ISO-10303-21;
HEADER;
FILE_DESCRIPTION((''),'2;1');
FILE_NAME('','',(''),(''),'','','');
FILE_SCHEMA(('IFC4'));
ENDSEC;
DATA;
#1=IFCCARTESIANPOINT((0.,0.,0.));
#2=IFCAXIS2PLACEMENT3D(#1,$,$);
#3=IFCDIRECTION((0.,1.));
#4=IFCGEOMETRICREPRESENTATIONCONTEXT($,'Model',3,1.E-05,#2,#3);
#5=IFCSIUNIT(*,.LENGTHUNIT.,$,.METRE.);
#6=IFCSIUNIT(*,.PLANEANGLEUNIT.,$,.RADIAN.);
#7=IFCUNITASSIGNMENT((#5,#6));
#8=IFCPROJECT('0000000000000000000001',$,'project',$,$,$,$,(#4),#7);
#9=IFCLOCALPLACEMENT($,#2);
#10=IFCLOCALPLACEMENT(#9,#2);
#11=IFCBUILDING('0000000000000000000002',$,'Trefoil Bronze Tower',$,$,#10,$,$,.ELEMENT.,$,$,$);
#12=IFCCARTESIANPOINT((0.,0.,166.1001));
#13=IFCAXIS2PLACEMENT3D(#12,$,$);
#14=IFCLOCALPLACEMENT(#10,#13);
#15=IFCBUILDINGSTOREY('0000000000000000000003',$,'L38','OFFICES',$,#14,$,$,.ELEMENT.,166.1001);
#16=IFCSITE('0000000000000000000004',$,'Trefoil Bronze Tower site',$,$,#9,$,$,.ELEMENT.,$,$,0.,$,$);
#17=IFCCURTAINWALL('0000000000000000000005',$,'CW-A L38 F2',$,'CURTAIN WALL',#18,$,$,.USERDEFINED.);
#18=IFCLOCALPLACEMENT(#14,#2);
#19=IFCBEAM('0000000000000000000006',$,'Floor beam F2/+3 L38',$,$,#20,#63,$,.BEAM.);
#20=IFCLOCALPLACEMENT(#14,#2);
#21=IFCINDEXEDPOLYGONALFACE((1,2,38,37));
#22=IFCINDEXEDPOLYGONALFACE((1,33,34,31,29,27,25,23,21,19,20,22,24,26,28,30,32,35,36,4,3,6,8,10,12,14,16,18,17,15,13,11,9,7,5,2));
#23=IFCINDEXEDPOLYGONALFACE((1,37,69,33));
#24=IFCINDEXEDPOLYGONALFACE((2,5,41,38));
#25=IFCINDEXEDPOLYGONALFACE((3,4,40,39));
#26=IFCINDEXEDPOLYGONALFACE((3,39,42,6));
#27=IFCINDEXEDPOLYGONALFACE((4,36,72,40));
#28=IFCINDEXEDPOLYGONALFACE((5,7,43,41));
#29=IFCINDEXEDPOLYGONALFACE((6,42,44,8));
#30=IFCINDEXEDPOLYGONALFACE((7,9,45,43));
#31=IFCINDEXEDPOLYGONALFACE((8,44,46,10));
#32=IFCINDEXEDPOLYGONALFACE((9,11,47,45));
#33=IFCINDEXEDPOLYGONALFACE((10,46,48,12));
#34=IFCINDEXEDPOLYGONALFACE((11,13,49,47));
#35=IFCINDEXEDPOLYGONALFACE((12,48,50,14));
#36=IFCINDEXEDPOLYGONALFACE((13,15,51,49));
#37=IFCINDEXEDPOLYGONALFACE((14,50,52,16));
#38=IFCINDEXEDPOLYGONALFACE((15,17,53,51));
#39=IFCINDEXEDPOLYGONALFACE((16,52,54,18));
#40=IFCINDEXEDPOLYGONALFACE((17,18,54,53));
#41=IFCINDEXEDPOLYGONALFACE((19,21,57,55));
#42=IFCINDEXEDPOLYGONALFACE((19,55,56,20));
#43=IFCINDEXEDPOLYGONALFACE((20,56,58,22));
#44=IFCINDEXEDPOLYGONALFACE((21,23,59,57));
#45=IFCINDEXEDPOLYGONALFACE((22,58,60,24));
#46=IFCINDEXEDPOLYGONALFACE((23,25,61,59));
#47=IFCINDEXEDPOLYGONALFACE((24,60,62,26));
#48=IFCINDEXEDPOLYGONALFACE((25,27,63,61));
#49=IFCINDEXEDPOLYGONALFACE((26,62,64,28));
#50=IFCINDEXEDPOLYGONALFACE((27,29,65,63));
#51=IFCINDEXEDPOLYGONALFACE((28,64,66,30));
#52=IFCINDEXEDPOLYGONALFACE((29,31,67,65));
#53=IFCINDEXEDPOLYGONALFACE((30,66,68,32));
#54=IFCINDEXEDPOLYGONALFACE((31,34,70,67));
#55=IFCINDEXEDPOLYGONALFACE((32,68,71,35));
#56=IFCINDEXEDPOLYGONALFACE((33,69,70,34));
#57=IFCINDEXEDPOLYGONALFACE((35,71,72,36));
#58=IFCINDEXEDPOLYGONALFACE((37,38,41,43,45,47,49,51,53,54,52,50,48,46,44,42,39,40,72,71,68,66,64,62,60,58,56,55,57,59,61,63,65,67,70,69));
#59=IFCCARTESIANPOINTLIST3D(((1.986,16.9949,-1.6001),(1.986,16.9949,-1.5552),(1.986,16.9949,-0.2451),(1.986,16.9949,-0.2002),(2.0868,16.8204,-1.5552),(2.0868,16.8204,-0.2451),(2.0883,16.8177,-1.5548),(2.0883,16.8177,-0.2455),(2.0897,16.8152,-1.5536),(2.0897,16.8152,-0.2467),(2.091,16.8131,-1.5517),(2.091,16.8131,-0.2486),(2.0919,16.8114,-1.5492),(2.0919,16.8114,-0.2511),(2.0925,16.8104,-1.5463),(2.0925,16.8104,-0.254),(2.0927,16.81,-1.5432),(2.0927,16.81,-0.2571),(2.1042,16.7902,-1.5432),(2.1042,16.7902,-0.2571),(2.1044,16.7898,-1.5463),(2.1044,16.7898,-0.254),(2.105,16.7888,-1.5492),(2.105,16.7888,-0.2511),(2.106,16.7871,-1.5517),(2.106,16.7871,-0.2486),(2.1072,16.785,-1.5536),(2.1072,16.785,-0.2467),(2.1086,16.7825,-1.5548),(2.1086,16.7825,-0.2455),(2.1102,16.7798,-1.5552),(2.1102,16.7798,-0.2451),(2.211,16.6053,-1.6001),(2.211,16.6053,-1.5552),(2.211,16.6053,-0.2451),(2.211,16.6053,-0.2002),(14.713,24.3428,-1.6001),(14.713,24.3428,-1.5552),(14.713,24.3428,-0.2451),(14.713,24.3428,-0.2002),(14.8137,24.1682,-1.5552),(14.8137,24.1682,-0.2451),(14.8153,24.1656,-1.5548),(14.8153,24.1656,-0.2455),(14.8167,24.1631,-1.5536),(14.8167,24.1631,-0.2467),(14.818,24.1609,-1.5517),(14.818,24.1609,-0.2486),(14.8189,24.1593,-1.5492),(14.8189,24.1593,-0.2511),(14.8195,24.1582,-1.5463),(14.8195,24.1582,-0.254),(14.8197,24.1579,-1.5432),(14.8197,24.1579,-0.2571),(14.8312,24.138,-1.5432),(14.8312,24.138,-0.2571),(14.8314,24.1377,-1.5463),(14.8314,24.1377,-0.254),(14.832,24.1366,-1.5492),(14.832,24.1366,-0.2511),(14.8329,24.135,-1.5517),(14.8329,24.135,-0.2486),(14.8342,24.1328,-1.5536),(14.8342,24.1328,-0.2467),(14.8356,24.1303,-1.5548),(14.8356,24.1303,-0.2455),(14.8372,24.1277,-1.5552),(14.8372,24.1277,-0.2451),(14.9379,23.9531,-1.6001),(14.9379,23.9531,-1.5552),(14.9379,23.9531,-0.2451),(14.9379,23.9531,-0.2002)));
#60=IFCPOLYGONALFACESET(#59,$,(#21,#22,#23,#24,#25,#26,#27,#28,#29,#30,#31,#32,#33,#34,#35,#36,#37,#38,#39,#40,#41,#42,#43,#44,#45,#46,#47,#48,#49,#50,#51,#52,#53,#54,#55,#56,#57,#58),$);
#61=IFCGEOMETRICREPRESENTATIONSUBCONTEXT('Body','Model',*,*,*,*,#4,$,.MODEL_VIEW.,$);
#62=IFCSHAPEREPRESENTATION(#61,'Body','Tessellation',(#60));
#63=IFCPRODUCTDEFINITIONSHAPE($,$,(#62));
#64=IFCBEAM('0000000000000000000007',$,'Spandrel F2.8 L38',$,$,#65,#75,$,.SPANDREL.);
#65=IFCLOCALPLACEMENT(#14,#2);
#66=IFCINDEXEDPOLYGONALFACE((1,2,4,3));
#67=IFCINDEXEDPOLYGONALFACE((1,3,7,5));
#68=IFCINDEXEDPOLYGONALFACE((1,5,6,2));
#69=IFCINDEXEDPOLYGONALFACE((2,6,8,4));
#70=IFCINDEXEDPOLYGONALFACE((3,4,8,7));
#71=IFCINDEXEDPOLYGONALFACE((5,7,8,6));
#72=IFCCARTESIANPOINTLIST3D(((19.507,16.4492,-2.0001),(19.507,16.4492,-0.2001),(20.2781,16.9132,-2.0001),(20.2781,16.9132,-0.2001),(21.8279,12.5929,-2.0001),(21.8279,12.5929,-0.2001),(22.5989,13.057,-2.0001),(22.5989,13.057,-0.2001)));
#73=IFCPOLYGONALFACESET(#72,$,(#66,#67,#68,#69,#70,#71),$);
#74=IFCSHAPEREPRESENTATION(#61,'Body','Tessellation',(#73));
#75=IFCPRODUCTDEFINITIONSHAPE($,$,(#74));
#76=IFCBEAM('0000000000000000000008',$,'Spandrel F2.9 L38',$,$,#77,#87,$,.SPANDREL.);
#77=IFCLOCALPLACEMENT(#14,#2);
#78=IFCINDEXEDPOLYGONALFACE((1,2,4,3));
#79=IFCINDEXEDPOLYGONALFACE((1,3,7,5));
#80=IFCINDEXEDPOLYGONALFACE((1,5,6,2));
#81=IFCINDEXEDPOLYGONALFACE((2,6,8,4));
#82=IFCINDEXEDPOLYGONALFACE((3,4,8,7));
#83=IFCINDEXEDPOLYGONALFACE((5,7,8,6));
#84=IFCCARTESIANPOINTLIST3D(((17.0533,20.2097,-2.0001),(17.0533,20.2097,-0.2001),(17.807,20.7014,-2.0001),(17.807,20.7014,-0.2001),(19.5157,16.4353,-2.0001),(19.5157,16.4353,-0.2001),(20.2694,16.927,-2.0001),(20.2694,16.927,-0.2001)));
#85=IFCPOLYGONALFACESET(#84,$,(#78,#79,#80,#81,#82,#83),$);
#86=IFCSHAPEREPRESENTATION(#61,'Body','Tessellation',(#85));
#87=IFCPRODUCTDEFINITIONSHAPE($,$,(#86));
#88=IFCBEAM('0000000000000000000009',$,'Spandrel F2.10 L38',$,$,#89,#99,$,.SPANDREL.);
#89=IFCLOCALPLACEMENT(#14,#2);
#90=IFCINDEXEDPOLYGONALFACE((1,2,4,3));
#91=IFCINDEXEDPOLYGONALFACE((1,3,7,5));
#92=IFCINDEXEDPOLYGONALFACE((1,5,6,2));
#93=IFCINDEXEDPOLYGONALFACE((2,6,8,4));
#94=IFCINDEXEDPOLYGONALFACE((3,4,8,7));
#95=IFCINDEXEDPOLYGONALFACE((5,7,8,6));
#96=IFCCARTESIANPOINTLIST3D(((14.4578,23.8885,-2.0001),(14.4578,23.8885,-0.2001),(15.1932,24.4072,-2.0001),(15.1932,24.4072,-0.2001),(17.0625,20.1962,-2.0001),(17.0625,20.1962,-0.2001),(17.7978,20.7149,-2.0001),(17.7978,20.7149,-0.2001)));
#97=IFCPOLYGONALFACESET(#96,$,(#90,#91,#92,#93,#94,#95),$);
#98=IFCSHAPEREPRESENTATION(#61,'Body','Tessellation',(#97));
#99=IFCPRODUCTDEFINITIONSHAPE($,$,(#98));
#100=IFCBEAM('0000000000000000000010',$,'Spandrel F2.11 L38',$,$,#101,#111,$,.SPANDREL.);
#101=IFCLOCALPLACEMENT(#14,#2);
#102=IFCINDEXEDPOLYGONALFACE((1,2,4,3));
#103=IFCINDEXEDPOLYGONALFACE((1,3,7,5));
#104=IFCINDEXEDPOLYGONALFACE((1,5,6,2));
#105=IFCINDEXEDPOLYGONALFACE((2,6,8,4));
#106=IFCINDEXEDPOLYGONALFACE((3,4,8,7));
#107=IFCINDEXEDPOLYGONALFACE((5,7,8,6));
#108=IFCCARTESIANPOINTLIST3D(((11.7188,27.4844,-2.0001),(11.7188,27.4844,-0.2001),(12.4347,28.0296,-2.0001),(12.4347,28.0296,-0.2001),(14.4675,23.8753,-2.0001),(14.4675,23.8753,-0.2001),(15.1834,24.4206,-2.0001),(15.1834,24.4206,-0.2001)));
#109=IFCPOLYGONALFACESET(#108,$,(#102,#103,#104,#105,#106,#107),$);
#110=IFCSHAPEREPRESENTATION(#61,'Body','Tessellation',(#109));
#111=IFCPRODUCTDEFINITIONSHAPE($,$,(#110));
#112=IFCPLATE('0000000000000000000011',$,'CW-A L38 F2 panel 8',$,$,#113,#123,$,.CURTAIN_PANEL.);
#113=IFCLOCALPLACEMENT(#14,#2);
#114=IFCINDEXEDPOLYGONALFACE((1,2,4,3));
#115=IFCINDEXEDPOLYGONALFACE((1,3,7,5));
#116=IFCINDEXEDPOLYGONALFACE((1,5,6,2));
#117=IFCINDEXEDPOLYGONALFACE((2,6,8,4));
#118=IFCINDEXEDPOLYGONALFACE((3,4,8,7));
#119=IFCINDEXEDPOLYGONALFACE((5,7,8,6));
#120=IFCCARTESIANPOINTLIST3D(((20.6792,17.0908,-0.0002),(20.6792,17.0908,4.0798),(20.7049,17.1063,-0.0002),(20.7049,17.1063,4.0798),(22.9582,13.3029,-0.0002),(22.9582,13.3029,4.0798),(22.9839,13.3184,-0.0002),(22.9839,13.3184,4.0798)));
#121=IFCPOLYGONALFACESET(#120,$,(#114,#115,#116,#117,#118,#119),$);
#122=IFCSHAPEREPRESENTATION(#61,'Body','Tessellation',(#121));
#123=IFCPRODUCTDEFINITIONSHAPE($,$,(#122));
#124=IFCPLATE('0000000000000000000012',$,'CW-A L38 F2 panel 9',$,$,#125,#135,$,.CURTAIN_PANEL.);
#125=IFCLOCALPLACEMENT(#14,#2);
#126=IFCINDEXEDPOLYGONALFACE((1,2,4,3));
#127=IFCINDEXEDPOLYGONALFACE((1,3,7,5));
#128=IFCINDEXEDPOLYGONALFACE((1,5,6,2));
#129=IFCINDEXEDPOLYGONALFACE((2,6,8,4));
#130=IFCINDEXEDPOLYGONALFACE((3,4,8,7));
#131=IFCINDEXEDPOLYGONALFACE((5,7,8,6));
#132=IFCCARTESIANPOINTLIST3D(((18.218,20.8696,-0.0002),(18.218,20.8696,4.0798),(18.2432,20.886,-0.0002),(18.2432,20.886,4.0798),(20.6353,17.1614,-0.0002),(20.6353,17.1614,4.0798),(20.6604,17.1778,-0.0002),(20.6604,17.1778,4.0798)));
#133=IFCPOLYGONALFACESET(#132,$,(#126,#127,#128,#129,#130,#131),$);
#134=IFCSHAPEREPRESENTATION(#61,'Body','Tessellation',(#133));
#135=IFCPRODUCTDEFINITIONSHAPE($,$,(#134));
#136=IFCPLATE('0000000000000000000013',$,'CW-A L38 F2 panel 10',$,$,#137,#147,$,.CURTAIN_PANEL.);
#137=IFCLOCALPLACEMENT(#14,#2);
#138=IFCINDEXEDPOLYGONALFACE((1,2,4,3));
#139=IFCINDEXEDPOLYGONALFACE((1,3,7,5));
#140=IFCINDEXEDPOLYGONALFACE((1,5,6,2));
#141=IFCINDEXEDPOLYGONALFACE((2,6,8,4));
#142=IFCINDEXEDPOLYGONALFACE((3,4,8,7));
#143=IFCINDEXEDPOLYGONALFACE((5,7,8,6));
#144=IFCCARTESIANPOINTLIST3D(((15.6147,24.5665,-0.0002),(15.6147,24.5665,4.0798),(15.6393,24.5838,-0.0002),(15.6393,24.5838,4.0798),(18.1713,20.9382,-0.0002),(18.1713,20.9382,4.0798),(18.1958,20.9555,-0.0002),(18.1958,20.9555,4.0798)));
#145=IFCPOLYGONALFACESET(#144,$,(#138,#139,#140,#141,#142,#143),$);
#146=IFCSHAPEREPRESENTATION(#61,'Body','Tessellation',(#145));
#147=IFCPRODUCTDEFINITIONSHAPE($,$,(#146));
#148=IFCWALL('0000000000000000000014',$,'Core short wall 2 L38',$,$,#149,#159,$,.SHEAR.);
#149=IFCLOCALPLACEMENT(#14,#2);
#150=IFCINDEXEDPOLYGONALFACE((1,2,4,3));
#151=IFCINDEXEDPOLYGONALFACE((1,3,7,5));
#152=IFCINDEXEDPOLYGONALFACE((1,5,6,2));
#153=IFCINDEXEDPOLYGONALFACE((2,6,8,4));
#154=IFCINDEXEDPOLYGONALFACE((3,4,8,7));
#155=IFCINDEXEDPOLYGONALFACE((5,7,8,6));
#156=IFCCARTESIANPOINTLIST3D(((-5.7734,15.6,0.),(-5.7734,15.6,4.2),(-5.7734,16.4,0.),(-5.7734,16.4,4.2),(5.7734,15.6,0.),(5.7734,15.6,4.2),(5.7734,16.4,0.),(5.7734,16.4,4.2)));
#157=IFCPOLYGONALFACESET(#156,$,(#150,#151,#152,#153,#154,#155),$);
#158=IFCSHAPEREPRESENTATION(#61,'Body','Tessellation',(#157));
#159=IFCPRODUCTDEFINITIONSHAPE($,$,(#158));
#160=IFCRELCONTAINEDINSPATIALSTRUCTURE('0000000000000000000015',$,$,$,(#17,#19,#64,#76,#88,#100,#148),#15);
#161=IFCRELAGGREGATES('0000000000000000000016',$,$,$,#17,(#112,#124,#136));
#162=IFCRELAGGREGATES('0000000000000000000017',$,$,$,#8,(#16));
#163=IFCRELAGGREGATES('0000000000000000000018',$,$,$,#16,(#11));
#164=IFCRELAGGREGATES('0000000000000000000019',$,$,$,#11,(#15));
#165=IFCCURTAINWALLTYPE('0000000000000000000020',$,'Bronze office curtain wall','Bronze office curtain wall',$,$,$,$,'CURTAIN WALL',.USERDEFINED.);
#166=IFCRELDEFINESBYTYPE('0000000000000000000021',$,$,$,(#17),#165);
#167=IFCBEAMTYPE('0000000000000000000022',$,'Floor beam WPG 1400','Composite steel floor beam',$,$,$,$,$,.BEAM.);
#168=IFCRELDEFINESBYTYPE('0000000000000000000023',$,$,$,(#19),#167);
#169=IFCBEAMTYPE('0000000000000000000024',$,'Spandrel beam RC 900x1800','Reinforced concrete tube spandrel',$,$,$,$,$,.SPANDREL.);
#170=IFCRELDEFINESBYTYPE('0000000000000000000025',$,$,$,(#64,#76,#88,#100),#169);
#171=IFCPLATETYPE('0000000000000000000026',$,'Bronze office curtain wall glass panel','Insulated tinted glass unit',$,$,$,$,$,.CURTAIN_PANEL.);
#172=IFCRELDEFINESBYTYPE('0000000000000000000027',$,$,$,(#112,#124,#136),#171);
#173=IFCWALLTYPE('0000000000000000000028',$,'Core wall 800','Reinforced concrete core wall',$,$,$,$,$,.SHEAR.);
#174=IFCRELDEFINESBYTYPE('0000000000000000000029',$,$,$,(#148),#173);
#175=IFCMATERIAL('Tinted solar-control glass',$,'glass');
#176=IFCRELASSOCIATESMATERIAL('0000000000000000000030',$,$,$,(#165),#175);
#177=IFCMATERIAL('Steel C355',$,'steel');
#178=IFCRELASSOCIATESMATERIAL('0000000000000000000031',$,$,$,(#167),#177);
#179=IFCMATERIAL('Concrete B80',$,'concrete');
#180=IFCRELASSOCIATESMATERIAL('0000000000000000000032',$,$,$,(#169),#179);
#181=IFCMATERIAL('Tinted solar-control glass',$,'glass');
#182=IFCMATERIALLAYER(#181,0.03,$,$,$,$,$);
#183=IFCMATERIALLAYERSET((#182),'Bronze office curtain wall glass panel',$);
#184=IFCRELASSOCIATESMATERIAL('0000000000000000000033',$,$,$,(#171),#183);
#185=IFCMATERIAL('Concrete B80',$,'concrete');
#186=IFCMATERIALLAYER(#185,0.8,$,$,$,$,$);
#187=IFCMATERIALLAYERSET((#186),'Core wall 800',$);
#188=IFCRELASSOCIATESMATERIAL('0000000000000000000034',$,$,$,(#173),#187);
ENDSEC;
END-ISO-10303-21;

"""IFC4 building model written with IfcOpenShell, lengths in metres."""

from ifc_helpers import new_model, si_unit, direction, frame, frame_2d, origin, origin_2d, place, context, subcontext, project, spatial, rectangle, i_section, extrude, material, layer, layer_set, material_profile, profile_set, type_object, element, aggregate, save


model = new_model("IFC4")

# Units and contexts
model_context = context("Model", 3, precision=1e-05, world=origin(), true_north=direction((0.0, 1.0)))
body_context = subcontext(model_context, "Body", "Model", "MODEL_VIEW")
ifc_project = project(units=[si_unit("LENGTHUNIT", "METRE"), si_unit("PLANEANGLEUNIT", "RADIAN")], contexts=[model_context])

# Site, building, storey
site_placement = place(None, origin())
site = spatial("IfcSite", under=ifc_project, at=site_placement, Name="Trefoil Bronze Tower site", CompositionType="ELEMENT", RefElevation=0.0)
building_placement = place(site_placement, origin())
building = spatial("IfcBuilding", under=site, at=building_placement, Name="Trefoil Bronze Tower", CompositionType="ELEMENT")
storey_placement = place(building_placement, frame((0.0, 0.0, 166.1001)))
storey = spatial("IfcBuildingStorey", under=building, at=storey_placement, Name="L38", Description="OFFICES", CompositionType="ELEMENT", Elevation=166.1001)

# Curtain wall
ifc_material_1 = material(Name="Tinted solar-control glass", Category="glass")
curtain_wall_type = type_object("IfcCurtainWallType", Name="Bronze office curtain wall", Description="Bronze office curtain wall", ElementType="CURTAIN WALL", PredefinedType="USERDEFINED", material=ifc_material_1)
curtain_wall_placement = place(storey_placement, origin())
curtain_wall = element("IfcCurtainWall", 1, at=curtain_wall_placement, inside=storey, type_object=curtain_wall_type, Name="CW-A L38 F2", ObjectType="CURTAIN WALL", PredefinedType="USERDEFINED")

# Beams
ifc_material_2 = material(Name="Steel C355", Category="steel")
ifc_material_profile_1 = material_profile(ifc_material_2, i_section(OverallWidth=0.45, OverallDepth=1.3999, WebThickness=0.0229, FlangeThickness=0.0449, FilletRadius=0.012, at=origin_2d()), Name="WPG 1400")
ifc_profile_set_1 = profile_set([ifc_material_profile_1], Name="Steel C355")
beam_type_1 = type_object("IfcBeamType", Name="Floor beam WPG 1400", Description="Composite steel floor beam", PredefinedType="BEAM", material=ifc_profile_set_1)
beam_1_placement = place(storey_placement, frame((14.8254, 24.1479, -0.9001), z_axis=(-0.866027, -0.499997, 0.0), x_axis=(0.499997, -0.866027, 0.0)))
element("IfcBeam", 2, at=beam_1_placement, inside=storey, type_object=beam_type_1, Name="Floor beam F2/+3 L38", PredefinedType="BEAM", context=body_context, shape_type="SweptSolid", body=[
    extrude(i_section(OverallWidth=0.45, OverallDepth=1.3999, WebThickness=0.0229, FlangeThickness=0.0449, FilletRadius=0.012, at=origin_2d()), origin(), (0.0, 0.0, 1.0), 14.6958),
])
ifc_material_3 = material(Name="Concrete B80", Category="concrete")
ifc_material_profile_2 = material_profile(ifc_material_3, rectangle(XDim=0.8999, YDim=1.8, at=origin_2d()), Name="RC 900x1800")
ifc_profile_set_2 = profile_set([ifc_material_profile_2], Name="Concrete B80")
beam_type_2 = type_object("IfcBeamType", Name="Spandrel beam RC 900x1800", Description="Reinforced concrete tube spandrel", PredefinedType="SPANDREL", material=ifc_profile_set_2)
beam_2_placement = place(storey_placement, frame((22.2134, 12.825, -1.1001), z_axis=(-0.515652, 0.856798, 0.0), x_axis=(-0.856798, -0.515652, 0.0)))
element("IfcBeam", 3, at=beam_2_placement, inside=storey, type_object=beam_type_2, Name="Spandrel F2.8 L38", PredefinedType="SPANDREL", context=body_context, shape_type="SweptSolid", body=[
    extrude(rectangle(XDim=0.8999, YDim=1.8, at=origin_2d()), origin(), (0.0, 0.0, 1.0), 4.5007),
])
beam_3_placement = place(storey_placement, frame((19.8926, 16.6812, -1.1001), z_axis=(-0.546397, 0.837527, 0.0), x_axis=(-0.837527, -0.546397, 0.0)))
element("IfcBeam", 4, at=beam_3_placement, inside=storey, type_object=beam_type_2, Name="Spandrel F2.9 L38", PredefinedType="SPANDREL", context=body_context, shape_type="SweptSolid", body=[
    extrude(rectangle(XDim=0.8999, YDim=1.8, at=origin_2d()), origin(), (0.0, 0.0, 1.0), 4.5066),
])
beam_4_placement = place(storey_placement, frame((17.4302, 20.4556, -1.1001), z_axis=(-0.576439, 0.81714, 0.0), x_axis=(-0.81714, -0.576439, 0.0)))
element("IfcBeam", 5, at=beam_4_placement, inside=storey, type_object=beam_type_2, Name="Spandrel F2.10 L38", PredefinedType="SPANDREL", context=body_context, shape_type="SweptSolid", body=[
    extrude(rectangle(XDim=0.8999, YDim=1.8, at=origin_2d()), origin(), (0.0, 0.0, 1.0), 4.5186),
])
beam_5_placement = place(storey_placement, frame((14.8254, 24.1479, -1.1001), z_axis=(-0.605899, 0.795542, 0.0), x_axis=(-0.795542, -0.605899, 0.0)))
element("IfcBeam", 6, at=beam_5_placement, inside=storey, type_object=beam_type_2, Name="Spandrel F2.11 L38", PredefinedType="SPANDREL", context=body_context, shape_type="SweptSolid", body=[
    extrude(rectangle(XDim=0.8999, YDim=1.8, at=origin_2d()), origin(), (0.0, 0.0, 1.0), 4.5366),
])

# Plates
ifc_material_4 = material(Name="Tinted solar-control glass", Category="glass")
ifc_layer_1 = layer(ifc_material_4, 0.03)
ifc_layer_set_1 = layer_set([ifc_layer_1], Name="Bronze office curtain wall glass panel")
plate_type = type_object("IfcPlateType", Name="Bronze office curtain wall glass panel", Description="Insulated tinted glass unit", PredefinedType="CURTAIN_PANEL", material=ifc_layer_set_1)
plate_1_placement = place(storey_placement, frame((21.8315, 15.2046, -0.0002), z_axis=(0.0, 0.0, 1.0), x_axis=(-0.515525, 0.856874, 0.0)))
plate_1 = element("IfcPlate", 7, at=plate_1_placement, type_object=plate_type, Name="CW-A L38 F2 panel 8", PredefinedType="CURTAIN_PANEL", context=body_context, shape_type="SweptSolid", body=[
    extrude(rectangle(XDim=4.4207, YDim=0.03, at=origin_2d()), origin(), (0.0, 0.0, 1.0), 4.0801),
])
plate_2_placement = place(storey_placement, frame((19.4392, 19.0237, -0.0002), z_axis=(0.0, 0.0, 1.0), x_axis=(-0.546089, 0.837727, 0.0)))
plate_2 = element("IfcPlate", 8, at=plate_2_placement, type_object=plate_type, Name="CW-A L38 F2 panel 9", PredefinedType="CURTAIN_PANEL", context=body_context, shape_type="SweptSolid", body=[
    extrude(rectangle(XDim=4.4265, YDim=0.03, at=origin_2d()), origin(), (0.0, 0.0, 1.0), 4.0801),
])
plate_3_placement = place(storey_placement, frame((16.9053, 22.761, -0.0002), z_axis=(0.0, 0.0, 1.0), x_axis=(-0.575999, 0.81745, 0.0)))
plate_3 = element("IfcPlate", 9, at=plate_3_placement, type_object=plate_type, Name="CW-A L38 F2 panel 10", PredefinedType="CURTAIN_PANEL", context=body_context, shape_type="SweptSolid", body=[
    extrude(rectangle(XDim=4.4385, YDim=0.03, at=origin_2d()), origin(), (0.0, 0.0, 1.0), 4.0801),
])
aggregate(curtain_wall, [plate_1, plate_2, plate_3])

# Wall
ifc_material_5 = material(Name="Concrete B80", Category="concrete")
ifc_layer_2 = layer(ifc_material_5, 0.8)
ifc_layer_set_2 = layer_set([ifc_layer_2], Name="Core wall 800")
wall_type_1 = type_object("IfcWallType", Name="Core wall 800", Description="Reinforced concrete core wall", PredefinedType="SHEAR", material=ifc_layer_set_2)
wall_1_placement = place(storey_placement, frame((5.7734, 16.0, 0.0), z_axis=(0.0, 0.0, 1.0), x_axis=(-1.0, 0.0, 0.0)))
element("IfcWall", 10, at=wall_1_placement, inside=storey, type_object=wall_type_1, Name="Core short wall 2 L38", PredefinedType="SHEAR", context=body_context, shape_type="SweptSolid", body=[
    extrude(rectangle(XDim=11.5469, YDim=0.8, at=frame_2d((5.7734, 0.0))), origin(), (0.0, 0.0, 1.0), 4.2),
])

save(model, "model.ifc")
